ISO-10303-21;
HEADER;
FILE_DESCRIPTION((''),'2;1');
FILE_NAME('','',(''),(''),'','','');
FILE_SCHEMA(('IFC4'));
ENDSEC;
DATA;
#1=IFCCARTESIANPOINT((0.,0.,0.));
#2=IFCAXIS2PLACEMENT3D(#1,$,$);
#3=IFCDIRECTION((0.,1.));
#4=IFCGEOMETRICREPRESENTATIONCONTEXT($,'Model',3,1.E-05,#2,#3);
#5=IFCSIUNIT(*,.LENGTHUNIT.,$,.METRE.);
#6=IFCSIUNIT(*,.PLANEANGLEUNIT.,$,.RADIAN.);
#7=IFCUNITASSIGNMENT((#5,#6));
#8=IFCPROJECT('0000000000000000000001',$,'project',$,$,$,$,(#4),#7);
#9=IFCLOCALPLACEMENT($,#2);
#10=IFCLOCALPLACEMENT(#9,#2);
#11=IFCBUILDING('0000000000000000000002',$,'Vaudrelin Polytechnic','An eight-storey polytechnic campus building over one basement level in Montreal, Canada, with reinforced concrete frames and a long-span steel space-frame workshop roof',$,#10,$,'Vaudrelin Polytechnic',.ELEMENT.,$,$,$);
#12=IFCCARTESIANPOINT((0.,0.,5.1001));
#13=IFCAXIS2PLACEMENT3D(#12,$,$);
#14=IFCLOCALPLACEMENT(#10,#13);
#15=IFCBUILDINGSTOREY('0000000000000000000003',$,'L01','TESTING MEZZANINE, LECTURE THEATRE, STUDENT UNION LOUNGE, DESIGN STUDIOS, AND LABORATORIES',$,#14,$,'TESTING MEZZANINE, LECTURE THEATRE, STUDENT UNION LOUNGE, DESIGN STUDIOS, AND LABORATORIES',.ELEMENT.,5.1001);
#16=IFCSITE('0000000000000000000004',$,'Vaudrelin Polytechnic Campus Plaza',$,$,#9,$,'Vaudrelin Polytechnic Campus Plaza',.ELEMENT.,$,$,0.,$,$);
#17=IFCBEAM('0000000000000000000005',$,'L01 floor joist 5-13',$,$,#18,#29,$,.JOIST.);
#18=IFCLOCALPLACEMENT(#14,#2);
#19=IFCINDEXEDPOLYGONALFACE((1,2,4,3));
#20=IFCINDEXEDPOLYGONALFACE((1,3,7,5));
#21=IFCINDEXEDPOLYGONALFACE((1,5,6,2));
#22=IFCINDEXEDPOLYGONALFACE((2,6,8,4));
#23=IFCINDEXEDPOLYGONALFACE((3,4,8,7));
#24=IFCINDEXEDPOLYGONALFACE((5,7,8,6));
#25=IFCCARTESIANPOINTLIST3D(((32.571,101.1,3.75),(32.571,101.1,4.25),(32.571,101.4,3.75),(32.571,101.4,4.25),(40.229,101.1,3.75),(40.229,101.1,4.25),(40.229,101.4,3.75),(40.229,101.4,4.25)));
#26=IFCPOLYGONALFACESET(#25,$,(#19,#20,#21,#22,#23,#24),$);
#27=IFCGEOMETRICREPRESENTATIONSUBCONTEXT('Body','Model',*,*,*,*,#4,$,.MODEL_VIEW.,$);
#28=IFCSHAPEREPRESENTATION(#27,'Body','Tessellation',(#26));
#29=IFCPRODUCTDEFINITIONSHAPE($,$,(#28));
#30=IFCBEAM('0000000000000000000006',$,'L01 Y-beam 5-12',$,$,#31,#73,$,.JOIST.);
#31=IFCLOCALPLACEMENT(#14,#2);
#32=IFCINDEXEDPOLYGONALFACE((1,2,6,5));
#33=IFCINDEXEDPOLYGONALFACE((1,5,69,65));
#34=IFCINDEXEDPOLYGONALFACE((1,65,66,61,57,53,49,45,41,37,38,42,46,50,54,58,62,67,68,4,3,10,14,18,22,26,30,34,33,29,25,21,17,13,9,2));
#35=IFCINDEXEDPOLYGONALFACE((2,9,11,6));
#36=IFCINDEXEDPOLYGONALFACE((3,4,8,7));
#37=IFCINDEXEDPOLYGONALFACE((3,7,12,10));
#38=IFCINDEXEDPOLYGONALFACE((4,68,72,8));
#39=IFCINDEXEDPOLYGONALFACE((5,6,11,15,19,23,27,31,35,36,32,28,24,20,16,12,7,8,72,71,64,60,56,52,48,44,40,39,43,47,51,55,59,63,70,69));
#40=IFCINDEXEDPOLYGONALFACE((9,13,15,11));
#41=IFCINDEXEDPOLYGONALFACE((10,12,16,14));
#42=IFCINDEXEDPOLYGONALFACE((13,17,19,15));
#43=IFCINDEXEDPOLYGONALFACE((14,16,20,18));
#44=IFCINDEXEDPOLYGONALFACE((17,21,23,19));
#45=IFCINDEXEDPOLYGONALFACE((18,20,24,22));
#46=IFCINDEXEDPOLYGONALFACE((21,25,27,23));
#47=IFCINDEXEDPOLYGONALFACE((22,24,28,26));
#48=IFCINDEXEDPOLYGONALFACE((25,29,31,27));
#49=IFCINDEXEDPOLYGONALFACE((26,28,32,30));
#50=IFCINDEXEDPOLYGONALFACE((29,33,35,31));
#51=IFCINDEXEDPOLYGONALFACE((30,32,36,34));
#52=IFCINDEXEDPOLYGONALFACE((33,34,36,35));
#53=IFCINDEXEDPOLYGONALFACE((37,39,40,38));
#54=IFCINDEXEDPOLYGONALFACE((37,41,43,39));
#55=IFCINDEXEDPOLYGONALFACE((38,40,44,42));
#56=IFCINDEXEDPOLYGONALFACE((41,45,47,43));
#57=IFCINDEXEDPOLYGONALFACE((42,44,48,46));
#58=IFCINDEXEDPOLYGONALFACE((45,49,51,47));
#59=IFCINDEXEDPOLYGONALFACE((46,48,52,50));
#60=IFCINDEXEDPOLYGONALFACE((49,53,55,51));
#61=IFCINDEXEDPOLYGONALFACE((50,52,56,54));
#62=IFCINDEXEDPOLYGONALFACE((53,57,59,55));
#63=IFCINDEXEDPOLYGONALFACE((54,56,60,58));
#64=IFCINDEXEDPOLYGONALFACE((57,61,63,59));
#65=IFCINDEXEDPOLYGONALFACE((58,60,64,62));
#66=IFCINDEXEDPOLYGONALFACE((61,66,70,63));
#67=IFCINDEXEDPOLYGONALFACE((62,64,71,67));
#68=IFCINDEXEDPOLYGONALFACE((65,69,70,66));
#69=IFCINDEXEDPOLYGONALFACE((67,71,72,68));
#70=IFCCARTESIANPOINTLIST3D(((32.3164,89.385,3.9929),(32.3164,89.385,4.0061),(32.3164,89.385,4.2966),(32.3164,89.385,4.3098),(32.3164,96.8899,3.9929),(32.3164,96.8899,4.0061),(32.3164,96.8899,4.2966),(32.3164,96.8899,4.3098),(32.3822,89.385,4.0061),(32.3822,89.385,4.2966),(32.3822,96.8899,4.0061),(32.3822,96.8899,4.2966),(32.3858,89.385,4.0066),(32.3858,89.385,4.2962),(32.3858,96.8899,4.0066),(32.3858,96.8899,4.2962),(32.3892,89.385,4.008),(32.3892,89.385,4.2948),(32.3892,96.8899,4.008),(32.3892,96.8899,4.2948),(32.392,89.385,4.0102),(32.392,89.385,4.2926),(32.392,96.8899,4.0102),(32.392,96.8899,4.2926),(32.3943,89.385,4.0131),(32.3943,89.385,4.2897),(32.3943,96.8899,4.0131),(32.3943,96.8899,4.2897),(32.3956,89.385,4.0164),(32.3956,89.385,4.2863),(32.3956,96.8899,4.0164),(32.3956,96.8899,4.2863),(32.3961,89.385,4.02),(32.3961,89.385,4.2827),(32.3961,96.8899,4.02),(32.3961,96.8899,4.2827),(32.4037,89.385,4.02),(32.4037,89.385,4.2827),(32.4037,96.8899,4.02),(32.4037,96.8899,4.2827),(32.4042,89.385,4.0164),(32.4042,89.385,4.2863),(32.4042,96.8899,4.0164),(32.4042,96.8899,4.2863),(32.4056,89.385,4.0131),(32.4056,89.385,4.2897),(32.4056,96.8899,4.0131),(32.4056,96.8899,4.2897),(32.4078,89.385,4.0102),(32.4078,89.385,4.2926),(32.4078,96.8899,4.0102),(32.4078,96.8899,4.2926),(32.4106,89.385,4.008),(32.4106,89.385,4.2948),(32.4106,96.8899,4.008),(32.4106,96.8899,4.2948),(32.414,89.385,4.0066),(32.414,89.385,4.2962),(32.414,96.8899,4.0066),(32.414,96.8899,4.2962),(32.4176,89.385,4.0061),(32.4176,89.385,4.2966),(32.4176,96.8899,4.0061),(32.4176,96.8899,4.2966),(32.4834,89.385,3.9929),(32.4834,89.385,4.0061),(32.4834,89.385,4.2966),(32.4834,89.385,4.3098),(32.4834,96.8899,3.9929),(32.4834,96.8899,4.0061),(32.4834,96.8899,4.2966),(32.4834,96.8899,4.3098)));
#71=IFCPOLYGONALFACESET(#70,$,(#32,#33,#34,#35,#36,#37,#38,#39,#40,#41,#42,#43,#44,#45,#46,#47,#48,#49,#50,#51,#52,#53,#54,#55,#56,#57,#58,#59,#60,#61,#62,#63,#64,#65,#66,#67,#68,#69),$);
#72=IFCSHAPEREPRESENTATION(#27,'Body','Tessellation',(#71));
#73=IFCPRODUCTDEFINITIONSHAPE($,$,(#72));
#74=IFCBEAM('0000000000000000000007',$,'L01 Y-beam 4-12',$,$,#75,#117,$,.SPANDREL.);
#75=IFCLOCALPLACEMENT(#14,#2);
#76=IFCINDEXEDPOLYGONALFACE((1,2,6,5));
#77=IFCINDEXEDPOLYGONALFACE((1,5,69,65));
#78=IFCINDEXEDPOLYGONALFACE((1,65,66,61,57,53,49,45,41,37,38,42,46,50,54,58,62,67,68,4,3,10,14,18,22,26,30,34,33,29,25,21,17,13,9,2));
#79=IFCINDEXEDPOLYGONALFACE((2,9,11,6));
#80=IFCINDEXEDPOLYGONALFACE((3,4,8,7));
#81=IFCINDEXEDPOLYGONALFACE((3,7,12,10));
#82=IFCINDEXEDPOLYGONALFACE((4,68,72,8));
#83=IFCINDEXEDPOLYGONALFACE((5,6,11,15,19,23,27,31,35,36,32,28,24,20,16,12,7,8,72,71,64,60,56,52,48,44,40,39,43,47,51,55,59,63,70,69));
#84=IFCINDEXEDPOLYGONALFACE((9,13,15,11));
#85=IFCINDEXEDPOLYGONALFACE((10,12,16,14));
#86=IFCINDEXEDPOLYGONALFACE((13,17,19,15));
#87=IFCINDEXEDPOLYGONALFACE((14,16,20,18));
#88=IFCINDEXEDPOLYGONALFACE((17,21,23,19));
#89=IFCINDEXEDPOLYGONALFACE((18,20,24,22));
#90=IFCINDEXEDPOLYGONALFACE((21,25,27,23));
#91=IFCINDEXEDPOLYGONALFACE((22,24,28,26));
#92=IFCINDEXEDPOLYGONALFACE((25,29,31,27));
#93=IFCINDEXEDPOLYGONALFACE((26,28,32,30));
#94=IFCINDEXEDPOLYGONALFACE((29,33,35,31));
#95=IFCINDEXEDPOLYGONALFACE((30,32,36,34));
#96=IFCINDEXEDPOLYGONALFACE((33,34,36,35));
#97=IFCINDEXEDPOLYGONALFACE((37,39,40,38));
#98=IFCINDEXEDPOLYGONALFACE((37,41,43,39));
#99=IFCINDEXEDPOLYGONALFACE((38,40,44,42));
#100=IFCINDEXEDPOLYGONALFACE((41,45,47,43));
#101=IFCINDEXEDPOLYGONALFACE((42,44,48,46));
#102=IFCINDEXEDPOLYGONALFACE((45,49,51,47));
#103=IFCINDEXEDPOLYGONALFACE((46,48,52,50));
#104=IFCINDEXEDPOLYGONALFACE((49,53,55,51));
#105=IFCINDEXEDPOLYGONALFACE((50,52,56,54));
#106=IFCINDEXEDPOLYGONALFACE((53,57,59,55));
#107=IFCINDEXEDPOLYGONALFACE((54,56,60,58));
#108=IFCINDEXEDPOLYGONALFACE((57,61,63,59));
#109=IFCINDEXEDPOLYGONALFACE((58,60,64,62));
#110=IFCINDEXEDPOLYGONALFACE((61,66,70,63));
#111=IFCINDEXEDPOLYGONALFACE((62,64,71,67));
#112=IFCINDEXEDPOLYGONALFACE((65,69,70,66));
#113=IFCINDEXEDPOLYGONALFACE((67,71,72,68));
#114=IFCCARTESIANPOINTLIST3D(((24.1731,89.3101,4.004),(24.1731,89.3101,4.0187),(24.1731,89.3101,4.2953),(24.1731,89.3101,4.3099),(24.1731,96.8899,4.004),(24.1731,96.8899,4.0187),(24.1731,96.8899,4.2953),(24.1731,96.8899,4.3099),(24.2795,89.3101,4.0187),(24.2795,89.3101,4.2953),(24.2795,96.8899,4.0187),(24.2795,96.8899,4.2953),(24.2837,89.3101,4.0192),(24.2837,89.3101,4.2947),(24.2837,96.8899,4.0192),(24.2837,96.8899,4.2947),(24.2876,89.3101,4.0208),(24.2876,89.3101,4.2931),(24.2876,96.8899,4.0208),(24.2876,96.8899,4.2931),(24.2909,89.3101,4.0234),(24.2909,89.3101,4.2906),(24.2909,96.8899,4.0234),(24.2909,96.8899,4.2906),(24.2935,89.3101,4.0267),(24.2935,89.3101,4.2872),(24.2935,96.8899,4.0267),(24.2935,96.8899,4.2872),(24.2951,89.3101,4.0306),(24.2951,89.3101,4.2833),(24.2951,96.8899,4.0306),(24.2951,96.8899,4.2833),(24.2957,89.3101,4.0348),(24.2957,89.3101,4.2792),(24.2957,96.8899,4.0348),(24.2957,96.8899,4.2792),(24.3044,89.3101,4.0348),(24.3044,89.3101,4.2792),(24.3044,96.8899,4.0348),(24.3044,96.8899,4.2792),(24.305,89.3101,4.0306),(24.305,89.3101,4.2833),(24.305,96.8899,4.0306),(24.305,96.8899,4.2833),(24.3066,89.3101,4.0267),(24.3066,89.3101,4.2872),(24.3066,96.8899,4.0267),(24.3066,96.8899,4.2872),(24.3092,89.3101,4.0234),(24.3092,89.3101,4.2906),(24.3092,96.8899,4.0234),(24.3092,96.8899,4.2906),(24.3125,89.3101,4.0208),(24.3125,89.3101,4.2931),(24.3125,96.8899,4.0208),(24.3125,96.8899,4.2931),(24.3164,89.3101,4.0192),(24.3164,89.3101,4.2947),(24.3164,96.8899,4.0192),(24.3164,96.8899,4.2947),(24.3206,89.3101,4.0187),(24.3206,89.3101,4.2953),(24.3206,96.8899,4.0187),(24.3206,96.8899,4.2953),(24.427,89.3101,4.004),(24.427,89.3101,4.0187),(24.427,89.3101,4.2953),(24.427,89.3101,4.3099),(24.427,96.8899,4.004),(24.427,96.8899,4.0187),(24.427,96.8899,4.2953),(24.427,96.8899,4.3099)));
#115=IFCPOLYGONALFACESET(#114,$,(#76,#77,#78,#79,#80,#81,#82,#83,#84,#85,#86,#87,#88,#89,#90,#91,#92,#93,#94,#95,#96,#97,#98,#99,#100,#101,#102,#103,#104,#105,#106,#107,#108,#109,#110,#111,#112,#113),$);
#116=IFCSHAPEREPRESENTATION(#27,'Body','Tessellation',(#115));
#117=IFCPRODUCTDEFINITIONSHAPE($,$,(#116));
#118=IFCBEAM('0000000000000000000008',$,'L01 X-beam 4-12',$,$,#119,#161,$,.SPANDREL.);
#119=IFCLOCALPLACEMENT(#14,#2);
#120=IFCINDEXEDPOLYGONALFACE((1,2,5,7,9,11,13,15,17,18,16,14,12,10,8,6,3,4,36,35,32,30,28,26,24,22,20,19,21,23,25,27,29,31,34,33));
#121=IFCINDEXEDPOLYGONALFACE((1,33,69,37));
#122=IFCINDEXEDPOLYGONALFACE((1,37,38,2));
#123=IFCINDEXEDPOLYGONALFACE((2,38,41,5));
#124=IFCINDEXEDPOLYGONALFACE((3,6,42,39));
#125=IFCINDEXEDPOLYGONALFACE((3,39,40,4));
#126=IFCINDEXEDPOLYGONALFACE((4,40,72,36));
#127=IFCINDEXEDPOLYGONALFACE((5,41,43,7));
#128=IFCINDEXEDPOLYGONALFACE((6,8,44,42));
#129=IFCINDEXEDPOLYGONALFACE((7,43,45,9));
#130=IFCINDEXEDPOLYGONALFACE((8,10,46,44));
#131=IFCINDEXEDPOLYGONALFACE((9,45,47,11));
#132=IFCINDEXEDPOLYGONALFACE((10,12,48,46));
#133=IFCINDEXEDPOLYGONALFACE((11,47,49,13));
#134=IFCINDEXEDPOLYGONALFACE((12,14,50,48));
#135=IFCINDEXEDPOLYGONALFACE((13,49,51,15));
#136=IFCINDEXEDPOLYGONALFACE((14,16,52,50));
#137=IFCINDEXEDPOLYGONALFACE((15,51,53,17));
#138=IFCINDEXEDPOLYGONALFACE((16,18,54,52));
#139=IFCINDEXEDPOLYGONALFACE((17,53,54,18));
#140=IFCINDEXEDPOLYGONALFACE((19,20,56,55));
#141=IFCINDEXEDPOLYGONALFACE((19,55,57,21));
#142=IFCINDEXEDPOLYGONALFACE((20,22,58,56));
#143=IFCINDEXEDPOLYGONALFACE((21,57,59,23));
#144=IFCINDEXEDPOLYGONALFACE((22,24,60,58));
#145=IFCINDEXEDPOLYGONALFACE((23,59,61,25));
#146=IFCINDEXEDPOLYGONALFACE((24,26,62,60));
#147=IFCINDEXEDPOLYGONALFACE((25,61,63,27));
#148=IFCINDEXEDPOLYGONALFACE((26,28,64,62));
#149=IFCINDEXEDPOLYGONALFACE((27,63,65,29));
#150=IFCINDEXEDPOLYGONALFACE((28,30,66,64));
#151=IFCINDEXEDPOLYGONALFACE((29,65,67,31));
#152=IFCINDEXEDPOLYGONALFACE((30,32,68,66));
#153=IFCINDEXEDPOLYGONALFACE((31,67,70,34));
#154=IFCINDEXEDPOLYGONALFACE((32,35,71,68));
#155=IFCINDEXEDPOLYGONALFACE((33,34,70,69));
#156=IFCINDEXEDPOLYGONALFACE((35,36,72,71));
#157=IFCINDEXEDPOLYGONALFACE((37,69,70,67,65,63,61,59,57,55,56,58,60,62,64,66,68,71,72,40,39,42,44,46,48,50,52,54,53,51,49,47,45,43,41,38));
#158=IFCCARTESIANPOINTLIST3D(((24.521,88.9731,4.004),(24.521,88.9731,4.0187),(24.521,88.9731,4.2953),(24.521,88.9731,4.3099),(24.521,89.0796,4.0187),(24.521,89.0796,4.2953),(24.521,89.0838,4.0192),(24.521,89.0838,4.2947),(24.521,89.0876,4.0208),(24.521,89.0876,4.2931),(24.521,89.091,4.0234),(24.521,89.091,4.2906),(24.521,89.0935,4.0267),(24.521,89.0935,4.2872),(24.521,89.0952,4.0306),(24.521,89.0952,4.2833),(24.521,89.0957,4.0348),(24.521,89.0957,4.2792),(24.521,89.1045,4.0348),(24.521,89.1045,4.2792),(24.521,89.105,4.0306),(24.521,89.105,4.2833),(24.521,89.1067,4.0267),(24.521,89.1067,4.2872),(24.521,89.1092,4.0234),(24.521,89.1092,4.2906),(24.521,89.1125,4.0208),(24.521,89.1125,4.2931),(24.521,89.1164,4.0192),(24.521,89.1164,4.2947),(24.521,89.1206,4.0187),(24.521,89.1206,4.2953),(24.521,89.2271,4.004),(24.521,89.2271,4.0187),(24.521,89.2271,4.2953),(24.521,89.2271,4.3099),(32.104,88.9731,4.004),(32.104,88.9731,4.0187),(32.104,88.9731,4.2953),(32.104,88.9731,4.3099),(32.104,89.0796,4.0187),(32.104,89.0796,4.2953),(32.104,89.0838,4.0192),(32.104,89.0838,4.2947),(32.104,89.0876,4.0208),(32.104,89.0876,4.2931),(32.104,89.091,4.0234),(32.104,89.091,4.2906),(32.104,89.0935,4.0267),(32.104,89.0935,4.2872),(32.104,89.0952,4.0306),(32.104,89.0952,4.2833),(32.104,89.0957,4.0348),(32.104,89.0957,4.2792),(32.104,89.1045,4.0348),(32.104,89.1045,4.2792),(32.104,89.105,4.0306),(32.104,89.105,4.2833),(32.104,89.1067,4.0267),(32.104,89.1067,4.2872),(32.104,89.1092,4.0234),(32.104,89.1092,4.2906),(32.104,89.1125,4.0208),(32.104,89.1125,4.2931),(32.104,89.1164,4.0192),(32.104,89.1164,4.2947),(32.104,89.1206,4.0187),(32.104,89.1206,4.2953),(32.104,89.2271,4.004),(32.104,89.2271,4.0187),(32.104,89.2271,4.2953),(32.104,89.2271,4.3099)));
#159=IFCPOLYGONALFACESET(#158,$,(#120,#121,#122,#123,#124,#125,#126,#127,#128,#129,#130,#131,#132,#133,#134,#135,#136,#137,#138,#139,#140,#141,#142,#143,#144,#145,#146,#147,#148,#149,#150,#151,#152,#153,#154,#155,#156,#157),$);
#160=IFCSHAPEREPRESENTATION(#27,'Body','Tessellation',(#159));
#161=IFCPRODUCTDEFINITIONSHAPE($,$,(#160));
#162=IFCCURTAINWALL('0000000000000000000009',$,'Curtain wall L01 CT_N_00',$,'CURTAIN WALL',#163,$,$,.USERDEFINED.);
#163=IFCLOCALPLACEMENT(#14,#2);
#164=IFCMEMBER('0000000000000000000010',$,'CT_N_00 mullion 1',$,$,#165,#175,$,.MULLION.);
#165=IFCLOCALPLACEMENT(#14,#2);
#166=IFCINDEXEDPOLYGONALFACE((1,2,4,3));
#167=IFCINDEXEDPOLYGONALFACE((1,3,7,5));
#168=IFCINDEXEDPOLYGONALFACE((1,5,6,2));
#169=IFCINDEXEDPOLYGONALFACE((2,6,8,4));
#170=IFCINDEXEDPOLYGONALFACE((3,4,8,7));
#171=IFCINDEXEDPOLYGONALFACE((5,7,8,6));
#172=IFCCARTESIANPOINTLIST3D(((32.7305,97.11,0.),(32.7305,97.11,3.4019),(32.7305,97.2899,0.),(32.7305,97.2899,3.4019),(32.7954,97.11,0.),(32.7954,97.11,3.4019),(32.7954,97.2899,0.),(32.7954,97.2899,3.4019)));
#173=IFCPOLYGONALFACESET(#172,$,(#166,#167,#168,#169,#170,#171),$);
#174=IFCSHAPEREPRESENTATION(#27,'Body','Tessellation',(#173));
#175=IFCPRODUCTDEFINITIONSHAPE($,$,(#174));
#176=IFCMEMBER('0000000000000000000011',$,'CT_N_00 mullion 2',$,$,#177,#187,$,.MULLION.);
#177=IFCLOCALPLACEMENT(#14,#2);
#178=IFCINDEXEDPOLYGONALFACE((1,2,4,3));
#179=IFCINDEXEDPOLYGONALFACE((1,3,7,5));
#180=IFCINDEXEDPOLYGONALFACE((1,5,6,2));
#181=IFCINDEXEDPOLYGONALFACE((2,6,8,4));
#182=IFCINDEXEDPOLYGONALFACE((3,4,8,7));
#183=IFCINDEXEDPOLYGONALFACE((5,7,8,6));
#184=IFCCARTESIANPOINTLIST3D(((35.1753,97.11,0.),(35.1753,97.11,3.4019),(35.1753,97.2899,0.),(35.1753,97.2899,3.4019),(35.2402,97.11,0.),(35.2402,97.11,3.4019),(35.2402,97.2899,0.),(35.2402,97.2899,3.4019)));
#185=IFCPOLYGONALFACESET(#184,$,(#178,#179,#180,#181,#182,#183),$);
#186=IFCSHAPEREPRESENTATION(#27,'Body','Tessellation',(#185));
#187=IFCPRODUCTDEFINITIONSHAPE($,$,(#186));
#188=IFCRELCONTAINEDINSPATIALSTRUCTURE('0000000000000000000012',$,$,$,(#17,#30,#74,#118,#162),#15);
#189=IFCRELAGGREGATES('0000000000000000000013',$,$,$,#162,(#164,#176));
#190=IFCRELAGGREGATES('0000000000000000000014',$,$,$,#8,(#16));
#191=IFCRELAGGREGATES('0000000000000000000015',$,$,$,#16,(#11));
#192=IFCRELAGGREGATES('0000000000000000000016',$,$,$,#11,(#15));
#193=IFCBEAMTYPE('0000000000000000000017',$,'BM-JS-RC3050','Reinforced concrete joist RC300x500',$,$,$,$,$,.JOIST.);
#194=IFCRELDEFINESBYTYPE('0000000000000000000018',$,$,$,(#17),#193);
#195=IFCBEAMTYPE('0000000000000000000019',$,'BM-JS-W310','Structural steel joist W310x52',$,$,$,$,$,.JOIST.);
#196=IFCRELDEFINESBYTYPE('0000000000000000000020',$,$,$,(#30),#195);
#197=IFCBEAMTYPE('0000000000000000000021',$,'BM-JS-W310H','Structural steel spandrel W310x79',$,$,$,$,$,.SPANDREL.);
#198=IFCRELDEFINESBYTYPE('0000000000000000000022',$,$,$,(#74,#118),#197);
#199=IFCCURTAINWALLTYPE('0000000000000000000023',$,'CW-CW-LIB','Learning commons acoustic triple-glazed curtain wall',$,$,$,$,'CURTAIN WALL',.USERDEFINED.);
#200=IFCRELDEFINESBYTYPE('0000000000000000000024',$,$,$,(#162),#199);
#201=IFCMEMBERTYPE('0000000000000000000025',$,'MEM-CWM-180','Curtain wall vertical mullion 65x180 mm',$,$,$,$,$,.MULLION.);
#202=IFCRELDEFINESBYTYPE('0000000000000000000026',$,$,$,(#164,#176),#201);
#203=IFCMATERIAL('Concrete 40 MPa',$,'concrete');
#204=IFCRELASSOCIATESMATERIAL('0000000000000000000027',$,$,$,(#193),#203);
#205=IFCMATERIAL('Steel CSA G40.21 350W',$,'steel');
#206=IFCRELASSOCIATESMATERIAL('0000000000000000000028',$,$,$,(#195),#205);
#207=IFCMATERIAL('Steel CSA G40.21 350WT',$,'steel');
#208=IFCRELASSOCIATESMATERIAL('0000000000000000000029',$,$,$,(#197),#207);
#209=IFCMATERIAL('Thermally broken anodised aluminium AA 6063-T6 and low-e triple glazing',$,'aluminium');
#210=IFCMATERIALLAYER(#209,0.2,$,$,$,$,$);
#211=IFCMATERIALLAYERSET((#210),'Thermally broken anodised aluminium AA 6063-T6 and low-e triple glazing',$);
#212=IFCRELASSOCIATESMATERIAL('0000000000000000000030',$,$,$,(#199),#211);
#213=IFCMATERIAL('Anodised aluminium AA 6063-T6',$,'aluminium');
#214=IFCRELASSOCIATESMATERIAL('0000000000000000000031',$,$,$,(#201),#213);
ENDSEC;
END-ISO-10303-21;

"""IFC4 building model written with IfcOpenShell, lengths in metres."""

from ifc_helpers import new_model, si_unit, direction, frame, origin, origin_2d, place, context, subcontext, project, spatial, rectangle, i_section, extrude, material, layer, layer_set, material_profile, profile_set, type_object, element, aggregate, save


model = new_model("IFC4")

# Units and contexts
model_context = context("Model", 3, precision=1e-05, world=origin(), true_north=direction((0.0, 1.0)))
body_context = subcontext(model_context, "Body", "Model", "MODEL_VIEW")
ifc_project = project(units=[si_unit("LENGTHUNIT", "METRE"), si_unit("PLANEANGLEUNIT", "RADIAN")], contexts=[model_context])

# Site, building, storey
site_placement = place(None, origin())
site = spatial("IfcSite", under=ifc_project, at=site_placement, Name="Vaudrelin Polytechnic Campus Plaza", LongName="Vaudrelin Polytechnic Campus Plaza", CompositionType="ELEMENT", RefElevation=0.0)
building_placement = place(site_placement, origin())
building = spatial("IfcBuilding", under=site, at=building_placement, Name="Vaudrelin Polytechnic", Description="An eight-storey polytechnic campus building over one basement level in Montreal, Canada, with reinforced concrete frames and a long-span steel space-frame workshop roof", LongName="Vaudrelin Polytechnic", CompositionType="ELEMENT")
storey_placement = place(building_placement, frame((0.0, 0.0, 5.1001)))
storey = spatial("IfcBuildingStorey", under=building, at=storey_placement, Name="L01", Description="TESTING MEZZANINE, LECTURE THEATRE, STUDENT UNION LOUNGE, DESIGN STUDIOS, AND LABORATORIES", LongName="TESTING MEZZANINE, LECTURE THEATRE, STUDENT UNION LOUNGE, DESIGN STUDIOS, AND LABORATORIES", CompositionType="ELEMENT", Elevation=5.1001)

# Shared definitions
ifc_material_1 = material(Name="Concrete 40 MPa", Category="concrete")

# Beams
ifc_material_profile_1 = material_profile(ifc_material_1, rectangle(XDim=0.3, YDim=0.5, at=origin_2d()), Name="RC300x500")
ifc_profile_set_1 = profile_set([ifc_material_profile_1], Name="Concrete 40 MPa")
beam_type_1 = type_object("IfcBeamType", Name="BM-JS-RC3050", Description="Reinforced concrete joist RC300x500", PredefinedType="JOIST", material=ifc_profile_set_1)
beam_1_placement = place(storey_placement, frame((32.571, 101.25, 4.0), z_axis=(1.0, 0.0, 0.0), x_axis=(0.0, 1.0, 0.0)))
element("IfcBeam", 1, at=beam_1_placement, inside=storey, type_object=beam_type_1, Name="L01 floor joist 5-13", PredefinedType="JOIST", context=body_context, shape_type="SweptSolid", body=[
    extrude(rectangle(XDim=0.3, YDim=0.5, at=origin_2d()), origin(), (0.0, 0.0, 1.0), 7.658),
])
ifc_material_2 = material(Name="Steel CSA G40.21 350W", Category="steel")
ifc_material_profile_2 = material_profile(ifc_material_2, i_section(OverallWidth=0.167, OverallDepth=0.3169, WebThickness=0.0076, FlangeThickness=0.0132, FilletRadius=0.0139, at=origin_2d()), Name="W310x52")
ifc_profile_set_2 = profile_set([ifc_material_profile_2], Name="Steel CSA G40.21 350W")
beam_type_2 = type_object("IfcBeamType", Name="BM-JS-W310", Description="Structural steel joist W310x52", PredefinedType="JOIST", material=ifc_profile_set_2)
beam_2_placement = place(storey_placement, frame((32.3999, 89.385, 4.1514), z_axis=(0.0, 1.0, 0.0), x_axis=(-1.0, 0.0, 0.0)))
element("IfcBeam", 2, at=beam_2_placement, inside=storey, type_object=beam_type_2, Name="L01 Y-beam 5-12", PredefinedType="JOIST", context=body_context, shape_type="SweptSolid", body=[
    extrude(i_section(OverallWidth=0.167, OverallDepth=0.3169, WebThickness=0.0076, FlangeThickness=0.0132, FilletRadius=0.0139, at=origin_2d()), origin(), (0.0, 0.0, 1.0), 7.5049),
])
ifc_material_3 = material(Name="Steel CSA G40.21 350WT", Category="steel")
ifc_material_profile_3 = material_profile(ifc_material_3, i_section(OverallWidth=0.2539, OverallDepth=0.3059, WebThickness=0.0088, FlangeThickness=0.0146, FilletRadius=0.0161, at=origin_2d()), Name="W310x79")
ifc_profile_set_3 = profile_set([ifc_material_profile_3], Name="Steel CSA G40.21 350WT")
beam_type_3 = type_object("IfcBeamType", Name="BM-JS-W310H", Description="Structural steel spandrel W310x79", PredefinedType="SPANDREL", material=ifc_profile_set_3)
beam_3_placement = place(storey_placement, frame((24.3, 89.3101, 4.157), z_axis=(0.0, 1.0, 0.0), x_axis=(-1.0, 0.0, 0.0)))
element("IfcBeam", 3, at=beam_3_placement, inside=storey, type_object=beam_type_3, Name="L01 Y-beam 4-12", PredefinedType="SPANDREL", context=body_context, shape_type="SweptSolid", body=[
    extrude(i_section(OverallWidth=0.2539, OverallDepth=0.3059, WebThickness=0.0088, FlangeThickness=0.0146, FilletRadius=0.0161, at=origin_2d()), origin(), (0.0, 0.0, 1.0), 7.5798),
])
beam_4_placement = place(storey_placement, frame((24.521, 89.1001, 4.157), z_axis=(1.0, 0.0, 0.0), x_axis=(0.0, 1.0, 0.0)))
element("IfcBeam", 4, at=beam_4_placement, inside=storey, type_object=beam_type_3, Name="L01 X-beam 4-12", PredefinedType="SPANDREL", context=body_context, shape_type="SweptSolid", body=[
    extrude(i_section(OverallWidth=0.2539, OverallDepth=0.3059, WebThickness=0.0088, FlangeThickness=0.0146, FilletRadius=0.0161, at=origin_2d()), origin(), (0.0, 0.0, 1.0), 7.583),
])

# Curtain wall, members
ifc_material_4 = material(Name="Thermally broken anodised aluminium AA 6063-T6 and low-e triple glazing", Category="aluminium")
ifc_layer_1 = layer(ifc_material_4, 0.2)
ifc_layer_set_1 = layer_set([ifc_layer_1], Name="Thermally broken anodised aluminium AA 6063-T6 and low-e triple glazing")
curtain_wall_type = type_object("IfcCurtainWallType", Name="CW-CW-LIB", Description="Learning commons acoustic triple-glazed curtain wall", ElementType="CURTAIN WALL", PredefinedType="USERDEFINED", material=ifc_layer_set_1)
curtain_wall_placement = place(storey_placement, origin())
curtain_wall = element("IfcCurtainWall", 5, at=curtain_wall_placement, inside=storey, type_object=curtain_wall_type, Name="Curtain wall L01 CT_N_00", ObjectType="CURTAIN WALL", PredefinedType="USERDEFINED")
ifc_material_5 = material(Name="Anodised aluminium AA 6063-T6", Category="aluminium")
ifc_material_profile_4 = material_profile(ifc_material_5, rectangle(XDim=0.0649, YDim=0.1799, at=origin_2d()), Name="CWM-65x180")
ifc_profile_set_4 = profile_set([ifc_material_profile_4], Name="Anodised aluminium AA 6063-T6")
member_type_1 = type_object("IfcMemberType", Name="MEM-CWM-180", Description="Curtain wall vertical mullion 65x180 mm", PredefinedType="MULLION", material=ifc_profile_set_4)
member_1_placement = place(storey_placement, frame((32.7629, 97.2, 0.0), z_axis=(0.0, 0.0, 1.0), x_axis=(1.0, 0.0, 0.0)))
member_1 = element("IfcMember", 6, at=member_1_placement, type_object=member_type_1, Name="CT_N_00 mullion 1", PredefinedType="MULLION", context=body_context, shape_type="SweptSolid", body=[
    extrude(rectangle(XDim=0.0649, YDim=0.1799, at=origin_2d()), origin(), (0.0, 0.0, 1.0), 3.4019),
])
member_2_placement = place(storey_placement, frame((35.2078, 97.2, 0.0), z_axis=(0.0, 0.0, 1.0), x_axis=(1.0, 0.0, 0.0)))
member_2 = element("IfcMember", 7, at=member_2_placement, type_object=member_type_1, Name="CT_N_00 mullion 2", PredefinedType="MULLION", context=body_context, shape_type="SweptSolid", body=[
    extrude(rectangle(XDim=0.0649, YDim=0.1799, at=origin_2d()), origin(), (0.0, 0.0, 1.0), 3.4019),
])
aggregate(curtain_wall, [member_1, member_2])

save(model, "model.ifc")
